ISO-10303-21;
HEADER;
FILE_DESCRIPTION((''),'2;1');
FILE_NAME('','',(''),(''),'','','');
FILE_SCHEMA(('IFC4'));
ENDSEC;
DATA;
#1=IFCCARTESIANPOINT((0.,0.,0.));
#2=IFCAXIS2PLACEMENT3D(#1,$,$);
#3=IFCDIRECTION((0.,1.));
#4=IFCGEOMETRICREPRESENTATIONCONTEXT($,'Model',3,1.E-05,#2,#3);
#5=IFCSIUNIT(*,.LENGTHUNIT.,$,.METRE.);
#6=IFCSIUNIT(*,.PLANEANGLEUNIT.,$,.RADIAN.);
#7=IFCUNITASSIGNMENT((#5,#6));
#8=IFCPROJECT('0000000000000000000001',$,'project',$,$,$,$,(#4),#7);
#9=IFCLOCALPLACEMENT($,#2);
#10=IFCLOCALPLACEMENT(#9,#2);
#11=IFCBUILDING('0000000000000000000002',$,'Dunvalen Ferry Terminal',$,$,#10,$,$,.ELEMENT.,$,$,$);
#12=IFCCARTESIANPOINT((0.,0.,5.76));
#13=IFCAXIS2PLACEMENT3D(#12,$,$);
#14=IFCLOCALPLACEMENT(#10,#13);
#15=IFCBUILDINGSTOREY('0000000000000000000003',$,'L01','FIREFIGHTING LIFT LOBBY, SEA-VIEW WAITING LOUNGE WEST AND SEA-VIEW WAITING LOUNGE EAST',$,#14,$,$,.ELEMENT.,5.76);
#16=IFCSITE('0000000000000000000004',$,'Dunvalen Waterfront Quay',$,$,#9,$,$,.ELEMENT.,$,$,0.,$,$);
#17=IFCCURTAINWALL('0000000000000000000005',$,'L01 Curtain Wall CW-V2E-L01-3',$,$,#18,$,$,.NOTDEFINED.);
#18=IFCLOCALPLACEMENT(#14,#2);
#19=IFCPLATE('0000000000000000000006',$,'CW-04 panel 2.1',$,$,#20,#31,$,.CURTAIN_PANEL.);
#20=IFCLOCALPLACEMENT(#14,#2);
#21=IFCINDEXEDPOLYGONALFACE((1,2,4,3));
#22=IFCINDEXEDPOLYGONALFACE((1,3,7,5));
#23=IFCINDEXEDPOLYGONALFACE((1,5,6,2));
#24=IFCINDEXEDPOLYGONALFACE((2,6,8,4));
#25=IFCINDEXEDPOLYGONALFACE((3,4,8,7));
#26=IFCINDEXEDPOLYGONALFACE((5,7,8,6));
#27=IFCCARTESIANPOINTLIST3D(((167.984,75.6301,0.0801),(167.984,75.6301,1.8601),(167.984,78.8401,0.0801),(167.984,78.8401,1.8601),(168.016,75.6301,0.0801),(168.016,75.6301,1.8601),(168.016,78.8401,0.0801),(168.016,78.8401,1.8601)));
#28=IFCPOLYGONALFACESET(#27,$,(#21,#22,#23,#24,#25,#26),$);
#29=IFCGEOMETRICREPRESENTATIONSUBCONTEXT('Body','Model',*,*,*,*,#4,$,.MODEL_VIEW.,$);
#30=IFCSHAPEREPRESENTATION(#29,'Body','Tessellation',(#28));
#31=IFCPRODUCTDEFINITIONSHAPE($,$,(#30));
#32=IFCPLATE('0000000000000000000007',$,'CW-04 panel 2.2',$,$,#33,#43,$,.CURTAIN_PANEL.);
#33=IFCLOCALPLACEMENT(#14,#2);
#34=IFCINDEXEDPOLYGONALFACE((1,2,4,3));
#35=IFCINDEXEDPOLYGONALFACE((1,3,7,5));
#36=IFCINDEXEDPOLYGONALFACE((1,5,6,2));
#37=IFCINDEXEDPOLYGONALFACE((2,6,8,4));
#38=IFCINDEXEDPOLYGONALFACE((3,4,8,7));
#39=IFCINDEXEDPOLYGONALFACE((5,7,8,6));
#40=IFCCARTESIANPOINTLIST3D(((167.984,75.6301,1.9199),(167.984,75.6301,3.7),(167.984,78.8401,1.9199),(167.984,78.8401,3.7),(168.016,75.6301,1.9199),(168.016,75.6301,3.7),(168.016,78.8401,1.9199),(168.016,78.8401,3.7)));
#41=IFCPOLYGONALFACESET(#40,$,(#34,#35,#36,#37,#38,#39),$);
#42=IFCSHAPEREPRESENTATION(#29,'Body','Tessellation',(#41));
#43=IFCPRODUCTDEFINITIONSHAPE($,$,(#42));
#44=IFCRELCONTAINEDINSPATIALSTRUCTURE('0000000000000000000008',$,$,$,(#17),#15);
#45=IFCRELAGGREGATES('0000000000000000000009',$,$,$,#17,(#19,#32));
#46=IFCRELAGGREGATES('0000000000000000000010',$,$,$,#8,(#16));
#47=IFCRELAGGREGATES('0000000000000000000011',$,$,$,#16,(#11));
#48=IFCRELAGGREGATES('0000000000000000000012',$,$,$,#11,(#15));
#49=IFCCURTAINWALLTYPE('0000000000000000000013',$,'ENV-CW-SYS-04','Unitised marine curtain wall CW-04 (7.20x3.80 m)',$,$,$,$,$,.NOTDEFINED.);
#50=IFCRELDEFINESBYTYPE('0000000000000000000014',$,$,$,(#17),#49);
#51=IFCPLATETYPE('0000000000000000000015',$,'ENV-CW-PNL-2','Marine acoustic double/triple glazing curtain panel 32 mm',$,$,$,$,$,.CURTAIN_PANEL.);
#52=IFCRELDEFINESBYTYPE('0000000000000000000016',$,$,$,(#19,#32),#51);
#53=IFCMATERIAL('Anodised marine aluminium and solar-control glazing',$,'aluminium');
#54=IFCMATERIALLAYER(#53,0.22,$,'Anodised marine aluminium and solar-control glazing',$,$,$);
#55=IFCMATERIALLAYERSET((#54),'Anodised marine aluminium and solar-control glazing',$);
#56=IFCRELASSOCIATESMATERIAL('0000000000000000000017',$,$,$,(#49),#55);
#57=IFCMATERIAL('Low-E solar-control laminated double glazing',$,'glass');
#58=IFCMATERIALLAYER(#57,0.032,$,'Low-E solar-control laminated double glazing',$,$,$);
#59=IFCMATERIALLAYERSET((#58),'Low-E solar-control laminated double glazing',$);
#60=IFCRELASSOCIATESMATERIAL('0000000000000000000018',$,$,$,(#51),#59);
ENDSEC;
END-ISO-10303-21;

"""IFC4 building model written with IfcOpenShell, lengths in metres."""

from ifc_helpers import new_model, si_unit, direction, frame, origin, origin_2d, place, context, subcontext, project, spatial, rectangle, extrude, material, layer, layer_set, type_object, element, aggregate, save


model = new_model("IFC4")

# Units and contexts
model_context = context("Model", 3, precision=1e-05, world=origin(), true_north=direction((0.0, 1.0)))
body_context = subcontext(model_context, "Body", "Model", "MODEL_VIEW")
ifc_project = project(units=[si_unit("LENGTHUNIT", "METRE"), si_unit("PLANEANGLEUNIT", "RADIAN")], contexts=[model_context])

# Site, building, storey
site_placement = place(None, origin())
site = spatial("IfcSite", under=ifc_project, at=site_placement, Name="Dunvalen Waterfront Quay", CompositionType="ELEMENT", RefElevation=0.0)
building_placement = place(site_placement, origin())
building = spatial("IfcBuilding", under=site, at=building_placement, Name="Dunvalen Ferry Terminal", CompositionType="ELEMENT")
storey_placement = place(building_placement, frame((0.0, 0.0, 5.76)))
storey = spatial("IfcBuildingStorey", under=building, at=storey_placement, Name="L01", Description="FIREFIGHTING LIFT LOBBY, SEA-VIEW WAITING LOUNGE WEST AND SEA-VIEW WAITING LOUNGE EAST", CompositionType="ELEMENT", Elevation=5.76)

# Curtain wall
ifc_material_1 = material(Name="Anodised marine aluminium and solar-control glazing", Category="aluminium")
ifc_layer_1 = layer(ifc_material_1, 0.22, Name="Anodised marine aluminium and solar-control glazing")
ifc_layer_set_1 = layer_set([ifc_layer_1], Name="Anodised marine aluminium and solar-control glazing")
curtain_wall_type = type_object("IfcCurtainWallType", Name="ENV-CW-SYS-04", Description="Unitised marine curtain wall CW-04 (7.20x3.80 m)", PredefinedType="NOTDEFINED", material=ifc_layer_set_1)
curtain_wall_1_placement = place(storey_placement, origin())
curtain_wall_1 = element("IfcCurtainWall", 1, at=curtain_wall_1_placement, inside=storey, type_object=curtain_wall_type, Name="L01 Curtain Wall CW-V2E-L01-3", PredefinedType="NOTDEFINED")

# Plates
ifc_material_2 = material(Name="Low-E solar-control laminated double glazing", Category="glass")
ifc_layer_2 = layer(ifc_material_2, 0.032, Name="Low-E solar-control laminated double glazing")
ifc_layer_set_2 = layer_set([ifc_layer_2], Name="Low-E solar-control laminated double glazing")
plate_type = type_object("IfcPlateType", Name="ENV-CW-PNL-2", Description="Marine acoustic double/triple glazing curtain panel 32 mm", PredefinedType="CURTAIN_PANEL", material=ifc_layer_set_2)
plate_1_placement = place(storey_placement, frame((168.0, 77.2351, 0.0801), z_axis=(0.0, 0.0, 1.0), x_axis=(0.0, 1.0, 0.0)))
plate_1 = element("IfcPlate", 2, at=plate_1_placement, type_object=plate_type, Name="CW-04 panel 2.1", PredefinedType="CURTAIN_PANEL", context=body_context, shape_type="SweptSolid", body=[
    extrude(rectangle(XDim=3.21, YDim=0.032, at=origin_2d()), origin(), (0.0, 0.0, 1.0), 1.78),
])
plate_2_placement = place(storey_placement, frame((168.0, 77.2351, 1.9199), z_axis=(0.0, 0.0, 1.0), x_axis=(0.0, 1.0, 0.0)))
plate_2 = element("IfcPlate", 3, at=plate_2_placement, type_object=plate_type, Name="CW-04 panel 2.2", PredefinedType="CURTAIN_PANEL", context=body_context, shape_type="SweptSolid", body=[
    extrude(rectangle(XDim=3.21, YDim=0.032, at=origin_2d()), origin(), (0.0, 0.0, 1.0), 1.78),
])
aggregate(curtain_wall_1, [plate_1, plate_2])

save(model, "model.ifc")
